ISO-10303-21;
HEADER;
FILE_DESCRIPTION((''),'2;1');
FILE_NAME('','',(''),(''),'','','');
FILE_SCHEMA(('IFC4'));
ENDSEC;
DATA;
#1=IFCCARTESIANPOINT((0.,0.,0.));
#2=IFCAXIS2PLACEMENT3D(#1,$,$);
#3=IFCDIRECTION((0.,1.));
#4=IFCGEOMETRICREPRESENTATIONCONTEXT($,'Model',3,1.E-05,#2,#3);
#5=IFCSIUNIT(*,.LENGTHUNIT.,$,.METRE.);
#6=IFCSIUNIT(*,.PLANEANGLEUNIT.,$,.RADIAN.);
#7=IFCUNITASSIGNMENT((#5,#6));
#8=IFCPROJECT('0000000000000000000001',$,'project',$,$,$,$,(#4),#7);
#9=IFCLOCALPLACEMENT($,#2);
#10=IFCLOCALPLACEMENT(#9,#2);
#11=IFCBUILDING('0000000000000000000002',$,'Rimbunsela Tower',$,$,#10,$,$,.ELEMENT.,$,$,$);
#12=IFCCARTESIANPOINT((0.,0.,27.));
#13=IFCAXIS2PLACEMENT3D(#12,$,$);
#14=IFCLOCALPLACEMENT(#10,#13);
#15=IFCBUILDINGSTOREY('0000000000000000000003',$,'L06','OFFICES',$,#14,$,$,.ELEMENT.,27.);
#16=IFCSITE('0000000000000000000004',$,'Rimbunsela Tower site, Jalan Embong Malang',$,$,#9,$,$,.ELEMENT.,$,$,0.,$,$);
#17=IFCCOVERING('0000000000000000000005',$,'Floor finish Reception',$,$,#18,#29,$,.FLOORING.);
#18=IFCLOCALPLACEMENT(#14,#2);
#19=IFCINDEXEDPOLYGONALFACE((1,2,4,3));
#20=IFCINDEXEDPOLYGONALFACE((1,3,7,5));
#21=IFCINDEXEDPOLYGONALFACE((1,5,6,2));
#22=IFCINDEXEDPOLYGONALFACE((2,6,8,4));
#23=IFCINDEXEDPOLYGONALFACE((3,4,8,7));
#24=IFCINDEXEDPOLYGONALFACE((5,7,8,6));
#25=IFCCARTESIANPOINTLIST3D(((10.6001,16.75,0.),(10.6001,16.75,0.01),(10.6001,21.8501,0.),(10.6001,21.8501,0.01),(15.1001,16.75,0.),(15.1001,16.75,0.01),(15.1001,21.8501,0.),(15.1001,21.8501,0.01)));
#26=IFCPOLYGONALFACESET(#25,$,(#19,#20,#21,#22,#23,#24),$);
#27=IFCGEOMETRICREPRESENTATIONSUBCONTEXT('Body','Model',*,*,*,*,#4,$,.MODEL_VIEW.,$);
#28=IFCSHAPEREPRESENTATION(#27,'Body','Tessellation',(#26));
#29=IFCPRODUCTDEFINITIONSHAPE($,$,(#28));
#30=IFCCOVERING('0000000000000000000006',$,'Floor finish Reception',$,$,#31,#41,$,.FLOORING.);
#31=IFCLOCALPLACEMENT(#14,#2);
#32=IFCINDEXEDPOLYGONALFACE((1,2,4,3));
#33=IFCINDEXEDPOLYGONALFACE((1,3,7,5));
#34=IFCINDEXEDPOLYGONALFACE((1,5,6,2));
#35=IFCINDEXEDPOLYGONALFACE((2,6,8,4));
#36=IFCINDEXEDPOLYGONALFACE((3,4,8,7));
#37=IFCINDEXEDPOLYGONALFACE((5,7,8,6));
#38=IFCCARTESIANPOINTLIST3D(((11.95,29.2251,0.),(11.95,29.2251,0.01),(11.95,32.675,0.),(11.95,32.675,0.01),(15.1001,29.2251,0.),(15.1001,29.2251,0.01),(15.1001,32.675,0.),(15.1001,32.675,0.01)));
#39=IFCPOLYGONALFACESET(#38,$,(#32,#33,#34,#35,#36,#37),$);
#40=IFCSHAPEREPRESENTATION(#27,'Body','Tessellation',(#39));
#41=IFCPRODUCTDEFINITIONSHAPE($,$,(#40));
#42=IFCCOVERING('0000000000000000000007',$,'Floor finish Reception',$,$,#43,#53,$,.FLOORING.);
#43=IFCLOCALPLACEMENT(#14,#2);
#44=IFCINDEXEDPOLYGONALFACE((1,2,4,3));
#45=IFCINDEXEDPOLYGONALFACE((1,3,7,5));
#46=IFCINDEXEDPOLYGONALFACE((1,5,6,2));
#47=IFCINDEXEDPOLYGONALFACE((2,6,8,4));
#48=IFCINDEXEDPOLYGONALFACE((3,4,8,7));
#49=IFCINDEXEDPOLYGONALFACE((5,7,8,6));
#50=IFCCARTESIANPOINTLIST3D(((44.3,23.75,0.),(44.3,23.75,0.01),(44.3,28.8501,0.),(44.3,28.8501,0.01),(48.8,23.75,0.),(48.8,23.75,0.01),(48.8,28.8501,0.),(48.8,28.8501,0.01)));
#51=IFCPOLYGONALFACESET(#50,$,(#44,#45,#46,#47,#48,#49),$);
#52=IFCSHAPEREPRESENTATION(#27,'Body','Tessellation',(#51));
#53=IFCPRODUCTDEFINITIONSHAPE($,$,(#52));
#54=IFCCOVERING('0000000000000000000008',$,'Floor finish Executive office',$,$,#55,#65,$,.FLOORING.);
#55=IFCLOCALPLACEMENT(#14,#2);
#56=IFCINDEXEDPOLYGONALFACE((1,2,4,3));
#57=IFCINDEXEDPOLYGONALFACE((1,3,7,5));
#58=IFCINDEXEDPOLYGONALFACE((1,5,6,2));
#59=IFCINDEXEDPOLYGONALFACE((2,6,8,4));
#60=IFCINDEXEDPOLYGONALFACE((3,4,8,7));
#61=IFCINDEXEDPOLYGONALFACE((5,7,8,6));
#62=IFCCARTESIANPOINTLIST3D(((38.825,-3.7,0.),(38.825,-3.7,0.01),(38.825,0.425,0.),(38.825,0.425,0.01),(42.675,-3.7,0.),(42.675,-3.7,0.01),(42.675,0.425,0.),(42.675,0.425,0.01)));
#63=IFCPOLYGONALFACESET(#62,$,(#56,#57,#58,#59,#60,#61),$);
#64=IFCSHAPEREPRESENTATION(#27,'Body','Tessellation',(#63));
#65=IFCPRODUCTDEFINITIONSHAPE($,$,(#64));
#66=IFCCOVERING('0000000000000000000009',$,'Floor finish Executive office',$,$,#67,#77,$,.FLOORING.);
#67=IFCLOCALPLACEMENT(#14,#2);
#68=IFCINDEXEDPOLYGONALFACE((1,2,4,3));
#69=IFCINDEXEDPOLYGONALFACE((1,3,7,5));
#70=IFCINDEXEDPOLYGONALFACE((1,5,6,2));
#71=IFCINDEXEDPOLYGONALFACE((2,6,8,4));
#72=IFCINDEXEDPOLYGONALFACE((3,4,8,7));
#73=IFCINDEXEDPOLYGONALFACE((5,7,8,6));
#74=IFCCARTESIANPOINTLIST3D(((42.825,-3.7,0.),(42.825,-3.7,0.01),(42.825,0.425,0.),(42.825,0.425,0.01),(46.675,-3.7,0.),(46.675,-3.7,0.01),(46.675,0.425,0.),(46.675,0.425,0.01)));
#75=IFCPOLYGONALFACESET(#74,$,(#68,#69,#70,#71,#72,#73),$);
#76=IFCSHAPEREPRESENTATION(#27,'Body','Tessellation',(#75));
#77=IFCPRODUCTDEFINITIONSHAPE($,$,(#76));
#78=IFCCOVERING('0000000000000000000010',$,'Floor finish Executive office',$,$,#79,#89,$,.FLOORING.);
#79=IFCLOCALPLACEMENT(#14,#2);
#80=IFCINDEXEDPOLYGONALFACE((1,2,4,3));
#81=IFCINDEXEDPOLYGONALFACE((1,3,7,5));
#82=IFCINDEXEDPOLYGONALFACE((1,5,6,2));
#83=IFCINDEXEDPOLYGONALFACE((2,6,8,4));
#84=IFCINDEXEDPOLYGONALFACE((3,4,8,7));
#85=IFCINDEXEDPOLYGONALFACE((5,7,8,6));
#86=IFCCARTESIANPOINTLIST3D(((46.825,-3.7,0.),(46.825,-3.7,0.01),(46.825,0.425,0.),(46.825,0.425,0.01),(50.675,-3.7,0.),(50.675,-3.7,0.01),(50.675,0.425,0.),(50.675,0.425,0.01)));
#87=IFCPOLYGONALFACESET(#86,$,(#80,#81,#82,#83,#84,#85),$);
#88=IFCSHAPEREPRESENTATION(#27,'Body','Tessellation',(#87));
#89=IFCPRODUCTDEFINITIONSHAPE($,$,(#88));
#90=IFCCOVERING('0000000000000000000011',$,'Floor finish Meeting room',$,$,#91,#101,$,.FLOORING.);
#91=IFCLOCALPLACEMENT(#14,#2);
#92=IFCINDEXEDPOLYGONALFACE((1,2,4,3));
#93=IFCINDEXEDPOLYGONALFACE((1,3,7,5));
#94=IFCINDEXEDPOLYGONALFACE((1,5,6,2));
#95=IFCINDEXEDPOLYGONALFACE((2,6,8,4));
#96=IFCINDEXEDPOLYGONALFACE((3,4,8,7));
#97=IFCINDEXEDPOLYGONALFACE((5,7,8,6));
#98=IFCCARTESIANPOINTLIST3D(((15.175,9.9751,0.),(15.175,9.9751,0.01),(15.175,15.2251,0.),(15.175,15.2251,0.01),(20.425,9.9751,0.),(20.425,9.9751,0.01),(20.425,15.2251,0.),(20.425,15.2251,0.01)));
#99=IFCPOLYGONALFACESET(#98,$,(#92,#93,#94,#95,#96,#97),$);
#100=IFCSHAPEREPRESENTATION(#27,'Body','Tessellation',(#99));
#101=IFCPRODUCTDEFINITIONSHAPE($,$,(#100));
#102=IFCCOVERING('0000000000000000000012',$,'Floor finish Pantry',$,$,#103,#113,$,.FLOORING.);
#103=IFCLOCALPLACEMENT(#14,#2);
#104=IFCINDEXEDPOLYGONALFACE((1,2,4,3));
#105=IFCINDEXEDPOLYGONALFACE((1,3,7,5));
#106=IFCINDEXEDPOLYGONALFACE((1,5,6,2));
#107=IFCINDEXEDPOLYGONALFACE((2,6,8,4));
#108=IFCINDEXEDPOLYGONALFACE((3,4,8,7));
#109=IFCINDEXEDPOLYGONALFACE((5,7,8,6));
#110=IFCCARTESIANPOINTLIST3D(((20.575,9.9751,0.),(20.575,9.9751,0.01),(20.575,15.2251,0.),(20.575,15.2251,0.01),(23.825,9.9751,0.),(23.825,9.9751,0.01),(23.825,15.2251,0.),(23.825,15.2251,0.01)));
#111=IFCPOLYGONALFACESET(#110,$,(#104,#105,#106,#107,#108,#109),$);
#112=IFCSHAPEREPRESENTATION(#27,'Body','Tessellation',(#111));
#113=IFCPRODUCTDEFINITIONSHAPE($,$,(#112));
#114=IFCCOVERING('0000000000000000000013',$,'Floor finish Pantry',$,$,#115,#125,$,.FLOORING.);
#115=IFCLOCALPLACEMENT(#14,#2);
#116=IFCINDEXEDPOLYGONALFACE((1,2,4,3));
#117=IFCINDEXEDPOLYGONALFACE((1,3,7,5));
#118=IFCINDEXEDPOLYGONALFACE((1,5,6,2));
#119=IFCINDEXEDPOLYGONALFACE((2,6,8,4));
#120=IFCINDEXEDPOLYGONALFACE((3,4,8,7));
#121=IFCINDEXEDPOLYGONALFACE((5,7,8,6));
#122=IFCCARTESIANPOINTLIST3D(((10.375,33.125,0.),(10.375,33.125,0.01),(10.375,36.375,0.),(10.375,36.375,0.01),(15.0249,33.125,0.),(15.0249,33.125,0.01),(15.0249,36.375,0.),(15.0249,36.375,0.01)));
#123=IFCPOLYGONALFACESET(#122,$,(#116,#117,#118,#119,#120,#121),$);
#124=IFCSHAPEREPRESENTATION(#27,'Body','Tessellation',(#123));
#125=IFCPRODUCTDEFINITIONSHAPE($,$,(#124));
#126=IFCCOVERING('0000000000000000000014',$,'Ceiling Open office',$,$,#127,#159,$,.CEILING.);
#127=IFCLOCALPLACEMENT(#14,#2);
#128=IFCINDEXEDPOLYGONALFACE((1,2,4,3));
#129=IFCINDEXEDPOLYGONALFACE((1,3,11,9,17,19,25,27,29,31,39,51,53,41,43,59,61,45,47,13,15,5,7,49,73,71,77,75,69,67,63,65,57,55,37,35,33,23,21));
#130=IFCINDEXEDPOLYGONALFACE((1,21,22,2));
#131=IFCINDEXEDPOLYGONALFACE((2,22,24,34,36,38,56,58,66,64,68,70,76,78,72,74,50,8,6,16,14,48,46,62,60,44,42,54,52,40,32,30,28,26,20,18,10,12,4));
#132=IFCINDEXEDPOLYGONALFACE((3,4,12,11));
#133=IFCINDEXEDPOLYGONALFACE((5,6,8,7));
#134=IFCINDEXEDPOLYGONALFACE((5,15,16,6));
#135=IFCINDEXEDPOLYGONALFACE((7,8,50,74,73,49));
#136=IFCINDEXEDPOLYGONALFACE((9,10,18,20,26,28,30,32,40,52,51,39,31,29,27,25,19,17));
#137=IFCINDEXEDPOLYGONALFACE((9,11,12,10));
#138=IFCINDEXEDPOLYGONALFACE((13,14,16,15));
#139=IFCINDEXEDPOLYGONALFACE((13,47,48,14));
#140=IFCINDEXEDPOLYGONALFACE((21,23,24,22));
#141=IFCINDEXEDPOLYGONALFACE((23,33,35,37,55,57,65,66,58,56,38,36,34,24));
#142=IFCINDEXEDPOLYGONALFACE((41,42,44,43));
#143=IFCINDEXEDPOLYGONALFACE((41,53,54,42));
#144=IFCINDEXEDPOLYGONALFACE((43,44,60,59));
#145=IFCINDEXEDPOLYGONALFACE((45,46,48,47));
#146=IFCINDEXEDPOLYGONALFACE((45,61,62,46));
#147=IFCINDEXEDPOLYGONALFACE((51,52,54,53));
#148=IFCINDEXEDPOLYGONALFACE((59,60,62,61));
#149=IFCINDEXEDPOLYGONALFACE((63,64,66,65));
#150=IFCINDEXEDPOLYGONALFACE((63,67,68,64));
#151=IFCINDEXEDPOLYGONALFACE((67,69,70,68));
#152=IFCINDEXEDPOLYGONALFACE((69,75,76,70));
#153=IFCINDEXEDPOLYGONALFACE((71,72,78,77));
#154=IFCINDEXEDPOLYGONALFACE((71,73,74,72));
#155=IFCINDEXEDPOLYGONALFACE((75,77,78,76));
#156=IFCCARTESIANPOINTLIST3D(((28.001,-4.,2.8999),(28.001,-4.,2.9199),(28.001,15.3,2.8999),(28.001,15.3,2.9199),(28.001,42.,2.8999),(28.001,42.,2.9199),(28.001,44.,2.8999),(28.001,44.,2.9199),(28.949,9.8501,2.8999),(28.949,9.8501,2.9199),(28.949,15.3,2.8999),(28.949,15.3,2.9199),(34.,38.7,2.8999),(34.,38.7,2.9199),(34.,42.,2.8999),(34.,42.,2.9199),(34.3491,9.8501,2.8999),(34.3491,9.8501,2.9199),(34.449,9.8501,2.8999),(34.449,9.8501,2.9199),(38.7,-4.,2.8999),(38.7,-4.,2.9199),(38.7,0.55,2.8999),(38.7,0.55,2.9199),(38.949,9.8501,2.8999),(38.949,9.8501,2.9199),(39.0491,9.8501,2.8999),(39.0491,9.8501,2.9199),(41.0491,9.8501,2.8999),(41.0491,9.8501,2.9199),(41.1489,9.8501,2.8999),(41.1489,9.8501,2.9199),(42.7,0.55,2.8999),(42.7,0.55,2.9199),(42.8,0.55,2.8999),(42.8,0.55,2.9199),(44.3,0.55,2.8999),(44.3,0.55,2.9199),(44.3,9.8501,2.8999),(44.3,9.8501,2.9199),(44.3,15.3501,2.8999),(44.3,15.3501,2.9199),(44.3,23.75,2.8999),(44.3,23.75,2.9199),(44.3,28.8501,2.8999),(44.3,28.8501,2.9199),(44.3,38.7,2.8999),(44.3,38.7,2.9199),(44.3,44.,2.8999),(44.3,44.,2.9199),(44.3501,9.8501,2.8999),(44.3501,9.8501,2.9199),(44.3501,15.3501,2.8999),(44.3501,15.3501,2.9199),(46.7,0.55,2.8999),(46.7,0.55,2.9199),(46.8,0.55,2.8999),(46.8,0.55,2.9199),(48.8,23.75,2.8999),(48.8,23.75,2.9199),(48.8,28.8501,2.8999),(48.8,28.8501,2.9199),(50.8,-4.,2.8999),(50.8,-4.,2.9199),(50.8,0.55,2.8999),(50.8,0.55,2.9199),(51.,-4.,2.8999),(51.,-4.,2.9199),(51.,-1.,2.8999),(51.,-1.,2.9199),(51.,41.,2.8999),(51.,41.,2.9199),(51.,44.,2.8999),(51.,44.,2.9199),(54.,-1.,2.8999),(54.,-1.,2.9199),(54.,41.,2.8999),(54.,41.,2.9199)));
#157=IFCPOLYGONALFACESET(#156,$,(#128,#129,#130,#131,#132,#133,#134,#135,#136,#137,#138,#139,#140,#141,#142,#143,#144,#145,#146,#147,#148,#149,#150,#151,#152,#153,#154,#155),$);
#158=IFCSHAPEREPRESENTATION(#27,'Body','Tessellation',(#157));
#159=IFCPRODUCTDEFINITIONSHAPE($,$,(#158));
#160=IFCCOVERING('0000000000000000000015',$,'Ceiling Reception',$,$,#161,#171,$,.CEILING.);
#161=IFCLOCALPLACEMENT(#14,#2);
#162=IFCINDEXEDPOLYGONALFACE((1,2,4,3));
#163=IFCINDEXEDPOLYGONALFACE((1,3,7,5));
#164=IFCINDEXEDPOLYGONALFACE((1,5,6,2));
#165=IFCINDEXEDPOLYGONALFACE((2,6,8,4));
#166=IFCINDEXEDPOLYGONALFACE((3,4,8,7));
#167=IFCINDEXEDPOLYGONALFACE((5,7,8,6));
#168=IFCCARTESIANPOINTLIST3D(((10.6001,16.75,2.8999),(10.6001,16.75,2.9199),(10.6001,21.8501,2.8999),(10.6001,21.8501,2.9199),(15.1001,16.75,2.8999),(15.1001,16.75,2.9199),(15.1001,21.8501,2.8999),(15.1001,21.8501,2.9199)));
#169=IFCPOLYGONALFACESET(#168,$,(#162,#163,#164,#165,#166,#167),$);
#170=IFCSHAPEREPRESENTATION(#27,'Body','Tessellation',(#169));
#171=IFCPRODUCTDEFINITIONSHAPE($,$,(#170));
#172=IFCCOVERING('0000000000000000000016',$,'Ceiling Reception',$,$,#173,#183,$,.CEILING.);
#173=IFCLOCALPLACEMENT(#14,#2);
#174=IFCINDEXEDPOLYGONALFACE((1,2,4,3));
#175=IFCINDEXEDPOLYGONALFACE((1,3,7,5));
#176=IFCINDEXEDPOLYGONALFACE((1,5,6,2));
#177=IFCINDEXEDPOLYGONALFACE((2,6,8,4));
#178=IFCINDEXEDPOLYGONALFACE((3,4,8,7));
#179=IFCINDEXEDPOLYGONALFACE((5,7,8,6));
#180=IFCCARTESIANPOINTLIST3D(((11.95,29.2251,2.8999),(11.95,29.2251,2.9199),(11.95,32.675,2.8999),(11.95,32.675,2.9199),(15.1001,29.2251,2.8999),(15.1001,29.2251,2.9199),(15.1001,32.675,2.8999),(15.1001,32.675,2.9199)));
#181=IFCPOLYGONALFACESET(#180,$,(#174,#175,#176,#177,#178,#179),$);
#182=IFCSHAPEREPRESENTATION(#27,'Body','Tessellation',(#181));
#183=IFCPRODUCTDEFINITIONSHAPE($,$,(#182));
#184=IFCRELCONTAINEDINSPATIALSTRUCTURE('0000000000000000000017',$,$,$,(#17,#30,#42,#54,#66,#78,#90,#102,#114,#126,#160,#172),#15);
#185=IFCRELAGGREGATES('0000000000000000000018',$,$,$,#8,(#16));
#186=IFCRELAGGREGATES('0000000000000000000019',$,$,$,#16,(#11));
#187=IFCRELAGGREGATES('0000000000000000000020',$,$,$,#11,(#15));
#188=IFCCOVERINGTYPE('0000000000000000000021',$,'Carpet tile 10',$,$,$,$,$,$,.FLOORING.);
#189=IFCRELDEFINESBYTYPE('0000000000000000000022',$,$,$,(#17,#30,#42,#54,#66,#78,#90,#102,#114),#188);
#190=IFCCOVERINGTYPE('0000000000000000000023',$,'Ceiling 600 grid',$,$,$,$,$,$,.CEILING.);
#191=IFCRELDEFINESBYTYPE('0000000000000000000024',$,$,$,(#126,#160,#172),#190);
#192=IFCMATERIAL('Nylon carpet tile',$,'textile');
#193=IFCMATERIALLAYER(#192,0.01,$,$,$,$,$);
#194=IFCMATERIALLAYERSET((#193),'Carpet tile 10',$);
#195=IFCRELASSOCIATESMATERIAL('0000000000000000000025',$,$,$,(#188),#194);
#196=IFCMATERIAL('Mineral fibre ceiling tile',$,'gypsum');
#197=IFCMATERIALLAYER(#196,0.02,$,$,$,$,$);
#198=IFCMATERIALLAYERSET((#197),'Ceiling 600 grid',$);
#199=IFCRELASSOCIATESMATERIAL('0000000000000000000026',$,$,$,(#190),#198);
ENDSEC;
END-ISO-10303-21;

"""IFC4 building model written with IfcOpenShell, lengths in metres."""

from ifc_helpers import new_model, si_unit, direction, frame, origin, place, context, subcontext, project, spatial, polyline, outline, extrude, material, layer, layer_set, type_object, element, save


model = new_model("IFC4")

# Units and contexts
model_context = context("Model", 3, precision=1e-05, world=origin(), true_north=direction((0.0, 1.0)))
body_context = subcontext(model_context, "Body", "Model", "MODEL_VIEW")
ifc_project = project(units=[si_unit("LENGTHUNIT", "METRE"), si_unit("PLANEANGLEUNIT", "RADIAN")], contexts=[model_context])

# Site, building, storey
site_placement = place(None, origin())
site = spatial("IfcSite", under=ifc_project, at=site_placement, Name="Rimbunsela Tower site, Jalan Embong Malang", CompositionType="ELEMENT", RefElevation=0.0)
building_placement = place(site_placement, origin())
building = spatial("IfcBuilding", under=site, at=building_placement, Name="Rimbunsela Tower", CompositionType="ELEMENT")
storey_placement = place(building_placement, frame((0.0, 0.0, 27.0)))
storey = spatial("IfcBuildingStorey", under=building, at=storey_placement, Name="L06", Description="OFFICES", CompositionType="ELEMENT", Elevation=27.0)

# Coverings
ifc_material_1 = material(Name="Nylon carpet tile", Category="textile")
ifc_layer_1 = layer(ifc_material_1, 0.01)
ifc_layer_set_1 = layer_set([ifc_layer_1], Name="Carpet tile 10")
covering_type_1 = type_object("IfcCoveringType", Name="Carpet tile 10", PredefinedType="FLOORING", material=ifc_layer_set_1)
covering_1_placement = place(storey_placement, origin())
element("IfcCovering", 1, at=covering_1_placement, inside=storey, type_object=covering_type_1, Name="Floor finish Reception", PredefinedType="FLOORING", context=body_context, shape_type="SweptSolid", body=[
    extrude(outline(polyline([(15.1001, 16.75), (15.1001, 21.8501), (10.6001, 21.8501), (10.6001, 16.75), (15.1001, 16.75)])), origin(), (0.0, 0.0, 1.0), 0.01),
])
covering_2_placement = place(storey_placement, origin())
element("IfcCovering", 2, at=covering_2_placement, inside=storey, type_object=covering_type_1, Name="Floor finish Reception", PredefinedType="FLOORING", context=body_context, shape_type="SweptSolid", body=[
    extrude(outline(polyline([(15.1001, 29.2251), (15.1001, 32.675), (11.95, 32.675), (11.95, 29.2251), (15.1001, 29.2251)])), origin(), (0.0, 0.0, 1.0), 0.01),
])
covering_3_placement = place(storey_placement, origin())
element("IfcCovering", 3, at=covering_3_placement, inside=storey, type_object=covering_type_1, Name="Floor finish Reception", PredefinedType="FLOORING", context=body_context, shape_type="SweptSolid", body=[
    extrude(outline(polyline([(48.8, 23.75), (48.8, 28.8501), (44.3, 28.8501), (44.3, 23.75), (48.8, 23.75)])), origin(), (0.0, 0.0, 1.0), 0.01),
])
covering_4_placement = place(storey_placement, origin())
element("IfcCovering", 4, at=covering_4_placement, inside=storey, type_object=covering_type_1, Name="Floor finish Executive office", PredefinedType="FLOORING", context=body_context, shape_type="SweptSolid", body=[
    extrude(outline(polyline([(42.675, -3.7), (42.675, 0.425), (38.825, 0.425), (38.825, -3.7), (42.675, -3.7)])), origin(), (0.0, 0.0, 1.0), 0.01),
])
covering_5_placement = place(storey_placement, origin())
element("IfcCovering", 5, at=covering_5_placement, inside=storey, type_object=covering_type_1, Name="Floor finish Executive office", PredefinedType="FLOORING", context=body_context, shape_type="SweptSolid", body=[
    extrude(outline(polyline([(46.675, -3.7), (46.675, 0.425), (42.825, 0.425), (42.825, -3.7), (46.675, -3.7)])), origin(), (0.0, 0.0, 1.0), 0.01),
])
covering_6_placement = place(storey_placement, origin())
element("IfcCovering", 6, at=covering_6_placement, inside=storey, type_object=covering_type_1, Name="Floor finish Executive office", PredefinedType="FLOORING", context=body_context, shape_type="SweptSolid", body=[
    extrude(outline(polyline([(50.675, -3.7), (50.675, 0.425), (46.825, 0.425), (46.825, -3.7), (50.675, -3.7)])), origin(), (0.0, 0.0, 1.0), 0.01),
])
covering_7_placement = place(storey_placement, origin())
element("IfcCovering", 7, at=covering_7_placement, inside=storey, type_object=covering_type_1, Name="Floor finish Meeting room", PredefinedType="FLOORING", context=body_context, shape_type="SweptSolid", body=[
    extrude(outline(polyline([(20.425, 9.9751), (20.425, 15.2251), (15.175, 15.2251), (15.175, 9.9751), (20.425, 9.9751)])), origin(), (0.0, 0.0, 1.0), 0.01),
])
covering_8_placement = place(storey_placement, origin())
element("IfcCovering", 8, at=covering_8_placement, inside=storey, type_object=covering_type_1, Name="Floor finish Pantry", PredefinedType="FLOORING", context=body_context, shape_type="SweptSolid", body=[
    extrude(outline(polyline([(23.825, 9.9751), (23.825, 15.2251), (20.575, 15.2251), (20.575, 9.9751), (23.825, 9.9751)])), origin(), (0.0, 0.0, 1.0), 0.01),
])
covering_9_placement = place(storey_placement, origin())
element("IfcCovering", 9, at=covering_9_placement, inside=storey, type_object=covering_type_1, Name="Floor finish Pantry", PredefinedType="FLOORING", context=body_context, shape_type="SweptSolid", body=[
    extrude(outline(polyline([(15.0249, 33.125), (15.0249, 36.375), (10.375, 36.375), (10.375, 33.125), (15.0249, 33.125)])), origin(), (0.0, 0.0, 1.0), 0.01),
])
ifc_material_2 = material(Name="Mineral fibre ceiling tile", Category="gypsum")
ifc_layer_2 = layer(ifc_material_2, 0.02)
ifc_layer_set_2 = layer_set([ifc_layer_2], Name="Ceiling 600 grid")
covering_type_2 = type_object("IfcCoveringType", Name="Ceiling 600 grid", PredefinedType="CEILING", material=ifc_layer_set_2)
covering_10_placement = place(storey_placement, frame((0.0, 0.0, 2.8999)))
element("IfcCovering", 10, at=covering_10_placement, inside=storey, type_object=covering_type_2, Name="Ceiling Open office", PredefinedType="CEILING", context=body_context, shape_type="SweptSolid", body=[
    extrude(outline(polyline([(42.7, 0.55), (38.7, 0.55), (38.7, -4.0), (28.001, -4.0), (28.001, 15.3), (28.949, 15.3), (28.949, 9.8501), (34.3491, 9.8501), (34.449, 9.8501), (38.949, 9.8501), (39.0491, 9.8501), (41.0491, 9.8501), (41.1489, 9.8501), (44.3, 9.8501), (44.3501, 9.8501), (44.3501, 15.3501), (44.3, 15.3501), (44.3, 23.75), (48.8, 23.75), (48.8, 28.8501), (44.3, 28.8501), (44.3, 38.7), (34.0, 38.7), (34.0, 42.0), (28.001, 42.0), (28.001, 44.0), (44.3, 44.0), (51.0, 44.0), (51.0, 41.0), (54.0, 41.0), (54.0, -1.0), (51.0, -1.0), (51.0, -4.0), (50.8, -4.0), (50.8, 0.55), (46.8, 0.55), (46.7, 0.55), (44.3, 0.55), (42.8, 0.55), (42.7, 0.55)])), origin(), (0.0, 0.0, 1.0), 0.02),
])
covering_11_placement = place(storey_placement, frame((0.0, 0.0, 2.8999)))
element("IfcCovering", 11, at=covering_11_placement, inside=storey, type_object=covering_type_2, Name="Ceiling Reception", PredefinedType="CEILING", context=body_context, shape_type="SweptSolid", body=[
    extrude(outline(polyline([(15.1001, 16.75), (15.1001, 21.8501), (10.6001, 21.8501), (10.6001, 16.75), (15.1001, 16.75)])), origin(), (0.0, 0.0, 1.0), 0.02),
])
covering_12_placement = place(storey_placement, frame((0.0, 0.0, 2.8999)))
element("IfcCovering", 12, at=covering_12_placement, inside=storey, type_object=covering_type_2, Name="Ceiling Reception", PredefinedType="CEILING", context=body_context, shape_type="SweptSolid", body=[
    extrude(outline(polyline([(15.1001, 29.2251), (15.1001, 32.675), (11.95, 32.675), (11.95, 29.2251), (15.1001, 29.2251)])), origin(), (0.0, 0.0, 1.0), 0.02),
])

save(model, "model.ifc")
